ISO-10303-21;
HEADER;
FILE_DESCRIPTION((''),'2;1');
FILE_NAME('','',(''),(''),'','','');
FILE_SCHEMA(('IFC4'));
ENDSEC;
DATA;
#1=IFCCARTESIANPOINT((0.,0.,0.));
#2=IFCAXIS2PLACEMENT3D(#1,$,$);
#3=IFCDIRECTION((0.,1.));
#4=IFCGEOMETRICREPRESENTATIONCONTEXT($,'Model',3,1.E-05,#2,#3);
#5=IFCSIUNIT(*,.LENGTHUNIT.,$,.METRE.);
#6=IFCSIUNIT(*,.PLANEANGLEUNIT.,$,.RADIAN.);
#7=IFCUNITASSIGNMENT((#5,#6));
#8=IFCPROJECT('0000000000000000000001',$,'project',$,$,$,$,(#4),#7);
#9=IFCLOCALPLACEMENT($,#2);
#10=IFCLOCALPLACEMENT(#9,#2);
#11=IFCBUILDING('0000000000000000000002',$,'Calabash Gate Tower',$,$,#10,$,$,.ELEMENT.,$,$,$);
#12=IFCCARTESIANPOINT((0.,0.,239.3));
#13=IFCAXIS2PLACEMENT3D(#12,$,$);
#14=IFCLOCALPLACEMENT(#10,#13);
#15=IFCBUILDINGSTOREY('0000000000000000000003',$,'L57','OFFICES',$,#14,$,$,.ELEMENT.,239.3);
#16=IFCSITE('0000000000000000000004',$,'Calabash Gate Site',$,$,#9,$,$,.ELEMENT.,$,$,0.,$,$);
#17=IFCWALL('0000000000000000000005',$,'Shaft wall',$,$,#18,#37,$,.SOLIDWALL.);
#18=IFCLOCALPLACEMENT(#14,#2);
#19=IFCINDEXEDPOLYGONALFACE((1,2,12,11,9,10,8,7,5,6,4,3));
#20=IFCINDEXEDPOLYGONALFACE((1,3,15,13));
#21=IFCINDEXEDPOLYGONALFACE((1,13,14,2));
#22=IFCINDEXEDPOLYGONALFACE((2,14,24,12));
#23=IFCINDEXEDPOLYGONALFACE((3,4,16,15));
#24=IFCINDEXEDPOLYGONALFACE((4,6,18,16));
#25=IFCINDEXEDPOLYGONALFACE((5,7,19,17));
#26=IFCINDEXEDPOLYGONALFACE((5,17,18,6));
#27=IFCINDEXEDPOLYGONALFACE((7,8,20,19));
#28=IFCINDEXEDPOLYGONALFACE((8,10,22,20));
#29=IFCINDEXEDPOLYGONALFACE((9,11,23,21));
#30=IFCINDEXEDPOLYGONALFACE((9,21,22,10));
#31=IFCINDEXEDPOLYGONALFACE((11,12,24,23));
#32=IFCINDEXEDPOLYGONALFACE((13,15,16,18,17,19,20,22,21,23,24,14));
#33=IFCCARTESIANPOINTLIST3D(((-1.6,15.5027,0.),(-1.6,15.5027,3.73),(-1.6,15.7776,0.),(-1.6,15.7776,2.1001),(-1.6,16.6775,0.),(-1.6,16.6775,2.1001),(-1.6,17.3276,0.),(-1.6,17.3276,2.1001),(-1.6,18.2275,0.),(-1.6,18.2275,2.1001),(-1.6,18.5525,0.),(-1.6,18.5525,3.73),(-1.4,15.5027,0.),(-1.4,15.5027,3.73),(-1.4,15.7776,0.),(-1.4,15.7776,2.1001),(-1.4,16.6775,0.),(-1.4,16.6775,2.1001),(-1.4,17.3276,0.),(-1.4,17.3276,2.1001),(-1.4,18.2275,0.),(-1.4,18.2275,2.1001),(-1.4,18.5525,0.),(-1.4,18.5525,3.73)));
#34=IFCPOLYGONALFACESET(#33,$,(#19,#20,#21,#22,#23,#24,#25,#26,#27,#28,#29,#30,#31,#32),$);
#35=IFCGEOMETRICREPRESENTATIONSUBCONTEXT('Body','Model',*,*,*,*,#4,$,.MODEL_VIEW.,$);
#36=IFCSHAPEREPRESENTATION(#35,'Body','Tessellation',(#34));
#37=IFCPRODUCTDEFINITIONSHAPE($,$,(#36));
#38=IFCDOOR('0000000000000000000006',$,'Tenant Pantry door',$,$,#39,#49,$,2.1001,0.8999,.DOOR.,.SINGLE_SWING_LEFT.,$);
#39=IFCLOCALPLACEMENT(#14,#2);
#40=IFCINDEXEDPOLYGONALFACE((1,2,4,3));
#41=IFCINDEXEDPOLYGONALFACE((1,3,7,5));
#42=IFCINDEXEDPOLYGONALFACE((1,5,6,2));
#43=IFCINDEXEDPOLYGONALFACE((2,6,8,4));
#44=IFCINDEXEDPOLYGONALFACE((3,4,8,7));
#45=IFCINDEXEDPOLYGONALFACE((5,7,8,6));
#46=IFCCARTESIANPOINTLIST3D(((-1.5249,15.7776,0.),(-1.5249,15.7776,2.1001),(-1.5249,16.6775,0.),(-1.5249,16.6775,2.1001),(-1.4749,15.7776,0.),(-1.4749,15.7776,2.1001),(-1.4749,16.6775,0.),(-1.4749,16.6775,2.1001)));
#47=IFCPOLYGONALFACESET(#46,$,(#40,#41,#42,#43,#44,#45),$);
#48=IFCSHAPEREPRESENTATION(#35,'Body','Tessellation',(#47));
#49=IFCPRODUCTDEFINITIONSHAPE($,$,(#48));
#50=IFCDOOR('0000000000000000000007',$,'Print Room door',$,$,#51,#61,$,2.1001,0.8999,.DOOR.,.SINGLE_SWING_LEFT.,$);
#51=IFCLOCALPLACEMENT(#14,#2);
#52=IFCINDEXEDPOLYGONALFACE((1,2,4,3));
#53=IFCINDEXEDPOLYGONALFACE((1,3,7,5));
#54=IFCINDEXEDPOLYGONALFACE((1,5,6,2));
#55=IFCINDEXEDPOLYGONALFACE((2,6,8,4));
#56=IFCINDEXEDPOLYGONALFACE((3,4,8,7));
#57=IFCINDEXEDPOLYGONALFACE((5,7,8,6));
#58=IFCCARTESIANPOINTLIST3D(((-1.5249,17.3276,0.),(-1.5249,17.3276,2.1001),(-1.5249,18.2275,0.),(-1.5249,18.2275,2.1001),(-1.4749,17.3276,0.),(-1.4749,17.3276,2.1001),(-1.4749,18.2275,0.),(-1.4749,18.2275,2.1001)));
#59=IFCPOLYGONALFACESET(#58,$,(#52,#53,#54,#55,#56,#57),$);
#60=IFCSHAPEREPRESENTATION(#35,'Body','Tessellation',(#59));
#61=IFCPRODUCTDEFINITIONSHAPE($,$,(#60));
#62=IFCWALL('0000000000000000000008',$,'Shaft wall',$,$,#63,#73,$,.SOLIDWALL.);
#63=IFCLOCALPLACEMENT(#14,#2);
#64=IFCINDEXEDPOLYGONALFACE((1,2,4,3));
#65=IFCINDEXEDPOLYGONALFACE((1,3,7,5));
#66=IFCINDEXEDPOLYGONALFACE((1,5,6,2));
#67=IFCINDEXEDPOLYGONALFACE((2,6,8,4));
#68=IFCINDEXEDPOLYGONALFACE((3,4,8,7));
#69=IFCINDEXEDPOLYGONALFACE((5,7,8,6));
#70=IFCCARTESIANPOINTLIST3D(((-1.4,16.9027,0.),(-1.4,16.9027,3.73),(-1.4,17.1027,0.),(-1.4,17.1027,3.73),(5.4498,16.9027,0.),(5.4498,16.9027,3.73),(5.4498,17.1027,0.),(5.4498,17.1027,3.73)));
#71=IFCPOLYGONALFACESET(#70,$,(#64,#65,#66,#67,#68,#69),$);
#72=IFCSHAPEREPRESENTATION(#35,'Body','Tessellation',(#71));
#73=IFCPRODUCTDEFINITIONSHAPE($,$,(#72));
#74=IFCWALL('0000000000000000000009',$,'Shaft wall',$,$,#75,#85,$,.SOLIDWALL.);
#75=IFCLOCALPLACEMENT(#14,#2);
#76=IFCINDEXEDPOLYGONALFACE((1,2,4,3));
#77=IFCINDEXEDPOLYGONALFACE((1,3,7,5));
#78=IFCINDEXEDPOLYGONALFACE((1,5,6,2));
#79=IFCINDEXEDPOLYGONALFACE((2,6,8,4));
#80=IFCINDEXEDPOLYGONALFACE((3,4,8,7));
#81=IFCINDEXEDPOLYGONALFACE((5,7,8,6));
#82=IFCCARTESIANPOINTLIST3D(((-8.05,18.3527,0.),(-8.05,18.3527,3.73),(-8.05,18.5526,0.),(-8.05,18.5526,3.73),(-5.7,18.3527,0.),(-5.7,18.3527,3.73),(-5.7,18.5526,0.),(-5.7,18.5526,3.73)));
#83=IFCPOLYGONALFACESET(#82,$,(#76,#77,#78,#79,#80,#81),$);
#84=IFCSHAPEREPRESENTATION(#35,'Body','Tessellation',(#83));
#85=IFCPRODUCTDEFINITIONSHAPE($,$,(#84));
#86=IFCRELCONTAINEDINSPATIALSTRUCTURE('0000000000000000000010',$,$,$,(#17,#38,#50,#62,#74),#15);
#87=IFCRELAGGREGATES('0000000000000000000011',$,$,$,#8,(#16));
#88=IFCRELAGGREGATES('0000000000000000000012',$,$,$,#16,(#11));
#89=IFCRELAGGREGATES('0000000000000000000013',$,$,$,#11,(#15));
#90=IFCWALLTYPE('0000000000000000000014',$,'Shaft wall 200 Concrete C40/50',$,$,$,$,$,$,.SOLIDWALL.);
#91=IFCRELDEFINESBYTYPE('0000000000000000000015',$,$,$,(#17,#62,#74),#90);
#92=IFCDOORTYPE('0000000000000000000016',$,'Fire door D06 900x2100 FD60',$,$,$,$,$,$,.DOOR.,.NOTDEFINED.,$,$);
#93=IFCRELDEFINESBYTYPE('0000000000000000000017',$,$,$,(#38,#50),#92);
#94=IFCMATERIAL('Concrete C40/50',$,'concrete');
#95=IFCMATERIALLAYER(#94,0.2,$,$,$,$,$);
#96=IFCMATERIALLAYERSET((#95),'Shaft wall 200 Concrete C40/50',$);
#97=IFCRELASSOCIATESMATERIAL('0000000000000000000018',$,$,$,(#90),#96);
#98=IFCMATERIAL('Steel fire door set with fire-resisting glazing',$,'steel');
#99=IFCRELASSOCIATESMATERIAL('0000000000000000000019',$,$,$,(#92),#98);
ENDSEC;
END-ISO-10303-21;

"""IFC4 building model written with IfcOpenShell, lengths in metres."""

from ifc_helpers import new_model, si_unit, direction, frame, frame_2d, origin, place, context, subcontext, project, spatial, rectangle, extrude, material, layer, layer_set, type_object, element, fill, save


model = new_model("IFC4")

# Units and contexts
model_context = context("Model", 3, precision=1e-05, world=origin(), true_north=direction((0.0, 1.0)))
body_context = subcontext(model_context, "Body", "Model", "MODEL_VIEW")
ifc_project = project(units=[si_unit("LENGTHUNIT", "METRE"), si_unit("PLANEANGLEUNIT", "RADIAN")], contexts=[model_context])

# Site, building, storey
site_placement = place(None, origin())
site = spatial("IfcSite", under=ifc_project, at=site_placement, Name="Calabash Gate Site", CompositionType="ELEMENT", RefElevation=0.0)
building_placement = place(site_placement, origin())
building = spatial("IfcBuilding", under=site, at=building_placement, Name="Calabash Gate Tower", CompositionType="ELEMENT")
storey_placement = place(building_placement, frame((0.0, 0.0, 239.3)))
storey = spatial("IfcBuildingStorey", under=building, at=storey_placement, Name="L57", Description="OFFICES", CompositionType="ELEMENT", Elevation=239.3)

# Shared definitions
ifc_material_1 = material(Name="Concrete C40/50", Category="concrete")
ifc_layer = layer(ifc_material_1, 0.2)
ifc_layer_set = layer_set([ifc_layer], Name="Shaft wall 200 Concrete C40/50")
wall_type = type_object("IfcWallType", Name="Shaft wall 200 Concrete C40/50", PredefinedType="SOLIDWALL", material=ifc_layer_set)

# Shared definitions
ifc_material_2 = material(Name="Steel fire door set with fire-resisting glazing", Category="steel")
door_type_1 = type_object("IfcDoorType", Name="Fire door D06 900x2100 FD60", OperationType="NOTDEFINED", PredefinedType="DOOR", material=ifc_material_2)

# Wall, openings, doors
wall_1_placement = place(storey_placement, frame((-1.5, 15.5027, 0.0), z_axis=(0.0, 0.0, 1.0), x_axis=(0.0, 1.0, 0.0)))
wall_1 = element("IfcWall", 1, at=wall_1_placement, inside=storey, type_object=wall_type, Name="Shaft wall", PredefinedType="SOLIDWALL", context=body_context, shape_type="SweptSolid", body=[
    extrude(rectangle(XDim=3.0498, YDim=0.2, at=frame_2d((1.5249, 0.0))), origin(), (0.0, 0.0, 1.0), 3.73),
])
opening_1_placement = place(wall_1_placement, frame((0.2749, 0.0, 0.0)))
opening_1 = element("IfcOpeningElement", 2, at=opening_1_placement, cuts=wall_1, PredefinedType="OPENING", context=body_context, shape_type="SweptSolid", body=[
    extrude(rectangle(XDim=0.8999, YDim=2.1001, at=frame_2d((0.45, 1.05))), frame((0.0, 0.1099, 0.0), z_axis=(0.0, -1.0, 0.0), x_axis=(1.0, 0.0, 0.0)), (0.0, 0.0, 1.0), 0.22),
])
opening_2_placement = place(wall_1_placement, frame((1.825, 0.0, 0.0)))
opening_2 = element("IfcOpeningElement", 3, at=opening_2_placement, cuts=wall_1, PredefinedType="OPENING", context=body_context, shape_type="SweptSolid", body=[
    extrude(rectangle(XDim=0.8999, YDim=2.1001, at=frame_2d((0.45, 1.05))), frame((0.0, 0.1099, 0.0), z_axis=(0.0, -1.0, 0.0), x_axis=(1.0, 0.0, 0.0)), (0.0, 0.0, 1.0), 0.22),
])
door_1_placement = place(opening_1_placement, origin())
door_1 = element("IfcDoor", 4, at=door_1_placement, inside=storey, type_object=door_type_1, Name="Tenant Pantry door", OperationType="SINGLE_SWING_LEFT", OverallHeight=2.1001, OverallWidth=0.8999, PredefinedType="DOOR", context=body_context, shape_type="SweptSolid", body=[
    extrude(rectangle(XDim=0.8999, YDim=2.1001, at=frame_2d((0.45, 1.05))), frame((0.0, 0.0249, 0.0), z_axis=(0.0, -1.0, 0.0), x_axis=(1.0, 0.0, 0.0)), (0.0, 0.0, 1.0), 0.05),
])
fill(opening_1, door_1)
door_2_placement = place(opening_2_placement, origin())
door_2 = element("IfcDoor", 5, at=door_2_placement, inside=storey, type_object=door_type_1, Name="Print Room door", OperationType="SINGLE_SWING_LEFT", OverallHeight=2.1001, OverallWidth=0.8999, PredefinedType="DOOR", context=body_context, shape_type="SweptSolid", body=[
    extrude(rectangle(XDim=0.8999, YDim=2.1001, at=frame_2d((0.45, 1.05))), frame((0.0, 0.0249, 0.0), z_axis=(0.0, -1.0, 0.0), x_axis=(1.0, 0.0, 0.0)), (0.0, 0.0, 1.0), 0.05),
])
fill(opening_2, door_2)

# Walls
wall_2_placement = place(storey_placement, frame((-1.3999, 17.0027, 0.0), z_axis=(0.0, 0.0, 1.0), x_axis=(1.0, 0.0, 0.0)))
element("IfcWall", 6, at=wall_2_placement, inside=storey, type_object=wall_type, Name="Shaft wall", PredefinedType="SOLIDWALL", context=body_context, shape_type="SweptSolid", body=[
    extrude(rectangle(XDim=6.8499, YDim=0.2, at=frame_2d((3.4248, 0.0))), origin(), (0.0, 0.0, 1.0), 3.73),
])
wall_3_placement = place(storey_placement, frame((-8.05, 18.4526, 0.0), z_axis=(0.0, 0.0, 1.0), x_axis=(1.0, 0.0, 0.0)))
element("IfcWall", 7, at=wall_3_placement, inside=storey, type_object=wall_type, Name="Shaft wall", PredefinedType="SOLIDWALL", context=body_context, shape_type="SweptSolid", body=[
    extrude(rectangle(XDim=2.3501, YDim=0.2, at=frame_2d((1.175, 0.0))), origin(), (0.0, 0.0, 1.0), 3.73),
])

save(model, "model.ifc")
